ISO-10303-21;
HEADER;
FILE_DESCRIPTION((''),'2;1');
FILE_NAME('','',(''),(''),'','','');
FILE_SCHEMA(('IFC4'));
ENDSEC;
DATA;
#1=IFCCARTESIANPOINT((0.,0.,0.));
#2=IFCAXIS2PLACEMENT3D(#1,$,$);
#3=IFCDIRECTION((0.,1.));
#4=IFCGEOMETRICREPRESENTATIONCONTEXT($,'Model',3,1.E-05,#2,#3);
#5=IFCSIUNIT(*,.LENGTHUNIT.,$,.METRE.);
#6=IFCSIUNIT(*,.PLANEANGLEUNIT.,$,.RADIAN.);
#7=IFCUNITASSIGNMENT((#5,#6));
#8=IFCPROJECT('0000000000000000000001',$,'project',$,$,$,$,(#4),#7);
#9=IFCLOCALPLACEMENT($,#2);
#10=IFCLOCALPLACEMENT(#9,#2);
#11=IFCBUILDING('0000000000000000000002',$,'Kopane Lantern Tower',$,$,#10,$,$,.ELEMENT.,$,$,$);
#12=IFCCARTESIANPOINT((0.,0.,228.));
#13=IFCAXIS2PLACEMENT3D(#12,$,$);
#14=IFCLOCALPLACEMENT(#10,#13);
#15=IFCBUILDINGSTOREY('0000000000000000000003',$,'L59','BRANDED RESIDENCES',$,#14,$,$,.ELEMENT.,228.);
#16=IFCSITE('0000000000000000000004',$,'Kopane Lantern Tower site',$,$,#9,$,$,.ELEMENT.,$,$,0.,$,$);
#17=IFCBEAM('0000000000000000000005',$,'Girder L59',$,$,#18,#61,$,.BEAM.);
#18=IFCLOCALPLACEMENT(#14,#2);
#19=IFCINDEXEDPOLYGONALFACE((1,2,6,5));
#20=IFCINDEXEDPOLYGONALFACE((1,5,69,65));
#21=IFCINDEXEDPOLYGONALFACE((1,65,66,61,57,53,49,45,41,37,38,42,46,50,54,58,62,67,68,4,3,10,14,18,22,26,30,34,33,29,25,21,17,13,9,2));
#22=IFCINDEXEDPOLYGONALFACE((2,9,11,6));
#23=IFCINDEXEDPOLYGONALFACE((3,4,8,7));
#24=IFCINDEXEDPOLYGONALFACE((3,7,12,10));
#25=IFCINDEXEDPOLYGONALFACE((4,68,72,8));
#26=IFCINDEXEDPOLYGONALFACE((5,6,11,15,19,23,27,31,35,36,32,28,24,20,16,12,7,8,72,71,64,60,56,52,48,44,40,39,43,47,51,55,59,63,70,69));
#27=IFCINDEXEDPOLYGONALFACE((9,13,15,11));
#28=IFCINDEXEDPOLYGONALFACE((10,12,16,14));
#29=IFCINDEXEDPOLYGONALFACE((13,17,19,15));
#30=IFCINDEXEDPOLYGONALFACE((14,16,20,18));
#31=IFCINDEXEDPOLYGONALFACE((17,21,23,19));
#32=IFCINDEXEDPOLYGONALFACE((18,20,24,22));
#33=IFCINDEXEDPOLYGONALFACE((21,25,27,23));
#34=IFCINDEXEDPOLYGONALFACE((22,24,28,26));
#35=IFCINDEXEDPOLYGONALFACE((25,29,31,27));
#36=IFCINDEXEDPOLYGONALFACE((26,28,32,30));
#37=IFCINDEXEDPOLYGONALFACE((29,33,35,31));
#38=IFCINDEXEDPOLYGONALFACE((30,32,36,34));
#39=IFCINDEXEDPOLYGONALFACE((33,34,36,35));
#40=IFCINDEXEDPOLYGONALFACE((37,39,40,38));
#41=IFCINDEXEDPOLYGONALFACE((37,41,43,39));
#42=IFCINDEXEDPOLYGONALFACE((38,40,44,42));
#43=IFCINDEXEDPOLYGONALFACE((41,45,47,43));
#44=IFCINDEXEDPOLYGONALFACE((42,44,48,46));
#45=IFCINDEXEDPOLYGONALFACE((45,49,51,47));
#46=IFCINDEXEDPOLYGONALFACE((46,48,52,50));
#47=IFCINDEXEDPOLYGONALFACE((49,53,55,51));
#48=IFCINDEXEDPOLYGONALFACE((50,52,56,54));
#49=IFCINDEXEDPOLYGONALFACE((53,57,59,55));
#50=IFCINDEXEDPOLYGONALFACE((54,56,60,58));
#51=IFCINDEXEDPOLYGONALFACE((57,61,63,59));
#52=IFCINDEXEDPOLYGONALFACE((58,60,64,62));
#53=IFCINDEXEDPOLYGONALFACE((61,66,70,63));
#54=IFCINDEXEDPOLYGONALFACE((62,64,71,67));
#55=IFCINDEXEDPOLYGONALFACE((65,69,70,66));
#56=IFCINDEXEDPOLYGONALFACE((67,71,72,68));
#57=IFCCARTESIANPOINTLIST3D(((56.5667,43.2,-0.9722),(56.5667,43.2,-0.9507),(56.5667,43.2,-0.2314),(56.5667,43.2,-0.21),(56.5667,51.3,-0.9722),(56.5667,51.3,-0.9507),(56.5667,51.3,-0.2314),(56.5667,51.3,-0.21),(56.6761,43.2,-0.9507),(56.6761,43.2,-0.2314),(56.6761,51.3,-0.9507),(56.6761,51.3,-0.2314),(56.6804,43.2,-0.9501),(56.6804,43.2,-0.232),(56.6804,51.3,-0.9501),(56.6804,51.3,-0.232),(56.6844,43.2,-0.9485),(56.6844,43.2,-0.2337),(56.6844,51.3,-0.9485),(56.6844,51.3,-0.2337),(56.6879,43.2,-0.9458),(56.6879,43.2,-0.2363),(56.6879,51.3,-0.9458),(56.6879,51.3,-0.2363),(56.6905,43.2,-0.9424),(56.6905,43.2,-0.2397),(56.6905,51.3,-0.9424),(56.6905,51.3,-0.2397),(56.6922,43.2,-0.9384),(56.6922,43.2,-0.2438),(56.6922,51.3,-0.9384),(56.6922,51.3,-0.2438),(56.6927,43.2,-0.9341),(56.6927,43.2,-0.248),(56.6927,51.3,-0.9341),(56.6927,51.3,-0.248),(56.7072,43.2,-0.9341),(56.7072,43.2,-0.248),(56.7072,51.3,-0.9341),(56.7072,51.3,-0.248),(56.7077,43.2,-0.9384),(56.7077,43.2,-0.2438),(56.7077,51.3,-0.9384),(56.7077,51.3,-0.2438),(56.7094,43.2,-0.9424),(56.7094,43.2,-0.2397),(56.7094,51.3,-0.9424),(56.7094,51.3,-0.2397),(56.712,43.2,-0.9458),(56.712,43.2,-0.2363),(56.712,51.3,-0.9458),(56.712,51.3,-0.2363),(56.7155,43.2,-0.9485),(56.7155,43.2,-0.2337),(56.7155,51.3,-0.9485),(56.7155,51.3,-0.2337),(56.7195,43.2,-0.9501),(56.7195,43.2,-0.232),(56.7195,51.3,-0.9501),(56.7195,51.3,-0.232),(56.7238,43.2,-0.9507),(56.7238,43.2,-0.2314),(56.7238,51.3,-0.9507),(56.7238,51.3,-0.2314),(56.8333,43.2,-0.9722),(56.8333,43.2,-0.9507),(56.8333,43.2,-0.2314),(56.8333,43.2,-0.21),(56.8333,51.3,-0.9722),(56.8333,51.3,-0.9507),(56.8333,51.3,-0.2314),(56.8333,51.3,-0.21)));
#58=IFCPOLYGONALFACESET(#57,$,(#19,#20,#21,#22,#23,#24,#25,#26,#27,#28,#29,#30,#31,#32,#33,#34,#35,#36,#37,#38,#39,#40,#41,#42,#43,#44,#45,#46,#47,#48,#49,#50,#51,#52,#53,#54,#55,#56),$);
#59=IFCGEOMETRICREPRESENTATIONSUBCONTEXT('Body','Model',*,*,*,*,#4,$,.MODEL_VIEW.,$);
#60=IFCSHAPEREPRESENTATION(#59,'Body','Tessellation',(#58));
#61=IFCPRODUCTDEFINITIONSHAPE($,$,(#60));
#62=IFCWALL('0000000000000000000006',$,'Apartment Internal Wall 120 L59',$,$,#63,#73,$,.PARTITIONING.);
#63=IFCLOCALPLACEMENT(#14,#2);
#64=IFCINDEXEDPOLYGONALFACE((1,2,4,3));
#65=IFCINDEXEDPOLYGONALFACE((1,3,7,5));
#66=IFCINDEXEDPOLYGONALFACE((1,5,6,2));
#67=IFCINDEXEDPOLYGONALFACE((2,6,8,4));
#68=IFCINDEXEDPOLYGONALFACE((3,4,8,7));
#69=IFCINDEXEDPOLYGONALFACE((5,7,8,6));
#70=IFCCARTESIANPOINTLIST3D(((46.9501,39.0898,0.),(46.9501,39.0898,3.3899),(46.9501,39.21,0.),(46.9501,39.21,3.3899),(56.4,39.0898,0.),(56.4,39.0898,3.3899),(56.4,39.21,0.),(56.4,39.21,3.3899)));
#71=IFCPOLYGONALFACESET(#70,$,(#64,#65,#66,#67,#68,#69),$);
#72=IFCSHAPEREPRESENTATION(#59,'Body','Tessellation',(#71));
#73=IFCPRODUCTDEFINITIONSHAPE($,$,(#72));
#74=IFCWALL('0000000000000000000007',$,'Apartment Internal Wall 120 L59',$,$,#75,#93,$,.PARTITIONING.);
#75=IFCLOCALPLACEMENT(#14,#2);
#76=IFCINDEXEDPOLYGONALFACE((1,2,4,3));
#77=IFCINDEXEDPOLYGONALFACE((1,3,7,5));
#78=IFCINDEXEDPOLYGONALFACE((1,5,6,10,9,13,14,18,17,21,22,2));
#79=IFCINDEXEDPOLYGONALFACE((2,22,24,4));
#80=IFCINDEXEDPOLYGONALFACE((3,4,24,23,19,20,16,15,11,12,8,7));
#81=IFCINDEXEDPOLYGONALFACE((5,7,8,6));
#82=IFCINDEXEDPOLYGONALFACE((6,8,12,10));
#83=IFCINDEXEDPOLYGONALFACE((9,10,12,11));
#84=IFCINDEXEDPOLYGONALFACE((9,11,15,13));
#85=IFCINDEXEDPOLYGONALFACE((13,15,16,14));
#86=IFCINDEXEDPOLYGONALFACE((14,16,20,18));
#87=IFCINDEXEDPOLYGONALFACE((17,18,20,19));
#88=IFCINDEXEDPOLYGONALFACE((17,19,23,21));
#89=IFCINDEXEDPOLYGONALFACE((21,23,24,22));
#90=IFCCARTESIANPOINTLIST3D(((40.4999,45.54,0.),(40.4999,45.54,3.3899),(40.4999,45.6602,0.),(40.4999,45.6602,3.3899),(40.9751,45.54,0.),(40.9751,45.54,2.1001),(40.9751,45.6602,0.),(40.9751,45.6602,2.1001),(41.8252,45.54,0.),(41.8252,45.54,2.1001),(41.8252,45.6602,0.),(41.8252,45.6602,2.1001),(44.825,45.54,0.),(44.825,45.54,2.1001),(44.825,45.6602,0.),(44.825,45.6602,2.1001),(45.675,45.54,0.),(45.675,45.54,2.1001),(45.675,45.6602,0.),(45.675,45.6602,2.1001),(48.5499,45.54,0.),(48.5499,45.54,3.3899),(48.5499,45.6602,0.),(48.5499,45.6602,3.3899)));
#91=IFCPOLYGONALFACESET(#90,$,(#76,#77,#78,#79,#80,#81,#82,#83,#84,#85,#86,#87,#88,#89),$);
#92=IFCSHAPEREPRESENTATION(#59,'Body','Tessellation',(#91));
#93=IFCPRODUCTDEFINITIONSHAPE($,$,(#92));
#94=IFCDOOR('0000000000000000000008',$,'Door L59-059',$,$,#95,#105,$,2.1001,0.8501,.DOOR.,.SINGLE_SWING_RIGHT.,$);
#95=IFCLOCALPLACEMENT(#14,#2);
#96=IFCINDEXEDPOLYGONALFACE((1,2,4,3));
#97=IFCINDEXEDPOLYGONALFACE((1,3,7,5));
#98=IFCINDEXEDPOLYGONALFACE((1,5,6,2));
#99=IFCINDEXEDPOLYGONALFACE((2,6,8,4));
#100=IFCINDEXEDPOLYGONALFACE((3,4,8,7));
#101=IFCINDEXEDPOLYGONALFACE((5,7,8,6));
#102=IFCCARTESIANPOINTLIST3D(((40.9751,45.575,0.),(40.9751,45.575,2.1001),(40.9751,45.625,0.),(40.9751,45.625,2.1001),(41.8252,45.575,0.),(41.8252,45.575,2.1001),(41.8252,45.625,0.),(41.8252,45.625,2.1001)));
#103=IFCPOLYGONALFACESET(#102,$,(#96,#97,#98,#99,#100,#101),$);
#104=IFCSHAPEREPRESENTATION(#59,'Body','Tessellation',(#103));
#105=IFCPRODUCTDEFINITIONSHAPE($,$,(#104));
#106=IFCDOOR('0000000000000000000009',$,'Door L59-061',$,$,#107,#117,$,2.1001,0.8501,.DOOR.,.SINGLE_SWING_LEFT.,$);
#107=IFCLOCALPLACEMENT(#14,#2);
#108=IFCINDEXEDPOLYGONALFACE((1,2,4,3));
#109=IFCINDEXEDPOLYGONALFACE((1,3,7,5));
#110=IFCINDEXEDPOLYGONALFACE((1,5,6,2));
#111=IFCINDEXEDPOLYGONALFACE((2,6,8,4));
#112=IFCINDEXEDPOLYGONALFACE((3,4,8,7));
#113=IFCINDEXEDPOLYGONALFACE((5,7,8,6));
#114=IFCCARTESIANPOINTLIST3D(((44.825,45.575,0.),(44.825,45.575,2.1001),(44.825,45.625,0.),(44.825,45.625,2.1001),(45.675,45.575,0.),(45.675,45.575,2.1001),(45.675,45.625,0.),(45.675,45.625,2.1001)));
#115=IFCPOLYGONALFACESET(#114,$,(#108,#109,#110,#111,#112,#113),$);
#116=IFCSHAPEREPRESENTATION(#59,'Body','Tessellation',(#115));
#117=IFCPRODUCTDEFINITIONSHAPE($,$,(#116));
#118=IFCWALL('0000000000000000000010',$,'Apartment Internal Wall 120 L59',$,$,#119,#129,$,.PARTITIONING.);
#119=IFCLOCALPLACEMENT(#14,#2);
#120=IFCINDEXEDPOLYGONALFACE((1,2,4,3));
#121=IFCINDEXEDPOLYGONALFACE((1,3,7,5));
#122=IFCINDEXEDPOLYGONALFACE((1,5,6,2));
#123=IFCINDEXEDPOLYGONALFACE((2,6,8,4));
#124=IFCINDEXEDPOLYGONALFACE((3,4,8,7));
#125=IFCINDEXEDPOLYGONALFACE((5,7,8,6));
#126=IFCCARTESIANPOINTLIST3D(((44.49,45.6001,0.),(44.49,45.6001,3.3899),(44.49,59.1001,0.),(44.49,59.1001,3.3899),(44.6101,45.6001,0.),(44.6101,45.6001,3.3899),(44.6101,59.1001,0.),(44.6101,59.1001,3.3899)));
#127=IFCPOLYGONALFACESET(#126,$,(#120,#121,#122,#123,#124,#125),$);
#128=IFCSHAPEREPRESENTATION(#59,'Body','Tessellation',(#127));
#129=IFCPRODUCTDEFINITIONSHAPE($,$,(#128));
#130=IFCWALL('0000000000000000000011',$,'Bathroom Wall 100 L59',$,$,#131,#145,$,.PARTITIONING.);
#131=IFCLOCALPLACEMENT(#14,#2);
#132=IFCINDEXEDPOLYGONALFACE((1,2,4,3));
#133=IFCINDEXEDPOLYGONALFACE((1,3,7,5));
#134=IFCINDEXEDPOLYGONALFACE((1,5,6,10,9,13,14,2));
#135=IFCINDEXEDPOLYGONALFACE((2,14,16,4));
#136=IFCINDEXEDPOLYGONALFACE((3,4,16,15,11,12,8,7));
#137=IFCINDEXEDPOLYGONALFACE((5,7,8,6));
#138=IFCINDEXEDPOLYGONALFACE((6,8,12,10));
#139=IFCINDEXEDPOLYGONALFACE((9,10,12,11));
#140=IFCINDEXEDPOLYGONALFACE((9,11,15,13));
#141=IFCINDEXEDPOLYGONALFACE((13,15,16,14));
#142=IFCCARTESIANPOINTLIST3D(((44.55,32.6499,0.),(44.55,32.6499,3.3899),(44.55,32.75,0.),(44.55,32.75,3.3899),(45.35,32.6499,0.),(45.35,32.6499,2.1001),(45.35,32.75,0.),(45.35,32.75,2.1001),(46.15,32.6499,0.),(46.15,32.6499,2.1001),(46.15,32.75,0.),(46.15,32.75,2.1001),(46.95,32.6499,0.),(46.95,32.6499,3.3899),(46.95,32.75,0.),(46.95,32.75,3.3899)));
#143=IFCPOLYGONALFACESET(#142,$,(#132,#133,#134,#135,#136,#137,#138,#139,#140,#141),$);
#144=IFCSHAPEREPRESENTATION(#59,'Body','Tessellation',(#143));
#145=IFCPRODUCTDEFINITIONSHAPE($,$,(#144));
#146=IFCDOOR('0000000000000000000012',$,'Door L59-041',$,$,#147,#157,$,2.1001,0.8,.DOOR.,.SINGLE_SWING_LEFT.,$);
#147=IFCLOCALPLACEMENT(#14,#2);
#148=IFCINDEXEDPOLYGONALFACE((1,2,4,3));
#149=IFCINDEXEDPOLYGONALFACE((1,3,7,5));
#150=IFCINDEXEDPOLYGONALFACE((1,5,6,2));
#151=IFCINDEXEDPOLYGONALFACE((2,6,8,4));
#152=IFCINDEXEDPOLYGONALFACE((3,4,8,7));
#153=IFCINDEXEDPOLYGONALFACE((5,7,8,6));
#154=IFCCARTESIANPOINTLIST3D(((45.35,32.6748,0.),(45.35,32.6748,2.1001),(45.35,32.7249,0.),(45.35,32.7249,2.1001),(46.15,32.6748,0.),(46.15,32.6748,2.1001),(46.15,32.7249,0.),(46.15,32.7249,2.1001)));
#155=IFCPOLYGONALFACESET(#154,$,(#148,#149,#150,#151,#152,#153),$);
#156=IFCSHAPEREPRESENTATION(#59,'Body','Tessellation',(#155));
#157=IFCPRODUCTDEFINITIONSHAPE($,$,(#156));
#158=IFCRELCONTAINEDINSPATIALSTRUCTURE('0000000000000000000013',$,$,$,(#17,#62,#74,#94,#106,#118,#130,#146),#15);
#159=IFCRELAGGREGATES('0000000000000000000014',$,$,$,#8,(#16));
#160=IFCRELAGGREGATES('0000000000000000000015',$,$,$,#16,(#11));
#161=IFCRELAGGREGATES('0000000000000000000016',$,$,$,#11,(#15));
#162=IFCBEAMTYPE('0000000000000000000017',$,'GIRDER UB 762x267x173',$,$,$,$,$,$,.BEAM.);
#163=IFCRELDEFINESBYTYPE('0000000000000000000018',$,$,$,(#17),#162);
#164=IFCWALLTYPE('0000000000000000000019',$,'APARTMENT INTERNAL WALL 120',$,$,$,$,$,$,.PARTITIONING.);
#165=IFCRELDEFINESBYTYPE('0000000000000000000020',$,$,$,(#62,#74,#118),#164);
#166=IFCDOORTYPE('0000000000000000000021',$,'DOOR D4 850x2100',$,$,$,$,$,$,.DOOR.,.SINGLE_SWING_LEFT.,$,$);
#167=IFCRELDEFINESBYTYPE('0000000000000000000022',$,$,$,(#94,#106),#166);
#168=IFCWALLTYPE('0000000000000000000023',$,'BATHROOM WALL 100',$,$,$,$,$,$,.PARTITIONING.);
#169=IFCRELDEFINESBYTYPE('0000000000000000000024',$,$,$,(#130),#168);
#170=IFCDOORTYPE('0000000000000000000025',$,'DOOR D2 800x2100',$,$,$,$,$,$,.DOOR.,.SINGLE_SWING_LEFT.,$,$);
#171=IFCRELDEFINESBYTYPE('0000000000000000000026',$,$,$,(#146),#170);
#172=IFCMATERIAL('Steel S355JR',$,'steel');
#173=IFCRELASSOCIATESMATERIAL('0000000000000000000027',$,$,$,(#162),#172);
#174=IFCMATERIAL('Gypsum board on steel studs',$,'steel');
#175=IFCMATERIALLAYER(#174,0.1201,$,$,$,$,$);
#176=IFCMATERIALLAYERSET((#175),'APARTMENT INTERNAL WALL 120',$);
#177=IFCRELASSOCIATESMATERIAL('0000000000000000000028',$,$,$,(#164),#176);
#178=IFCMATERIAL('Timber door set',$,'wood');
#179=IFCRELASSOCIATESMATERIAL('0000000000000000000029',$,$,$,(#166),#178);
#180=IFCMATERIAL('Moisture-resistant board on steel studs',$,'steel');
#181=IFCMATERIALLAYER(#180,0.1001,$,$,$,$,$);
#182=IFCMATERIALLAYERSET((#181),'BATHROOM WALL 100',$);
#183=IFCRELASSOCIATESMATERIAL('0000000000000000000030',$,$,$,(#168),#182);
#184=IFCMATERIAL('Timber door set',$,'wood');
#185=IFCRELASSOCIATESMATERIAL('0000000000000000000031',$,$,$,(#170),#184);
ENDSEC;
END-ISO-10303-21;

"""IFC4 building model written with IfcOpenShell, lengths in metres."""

from ifc_helpers import new_model, si_unit, direction, frame, frame_2d, origin, origin_2d, place, context, subcontext, project, spatial, rectangle, i_section, extrude, material, layer, layer_set, material_profile, profile_set, type_object, element, fill, save


model = new_model("IFC4")

# Units and contexts
model_context = context("Model", 3, precision=1e-05, world=origin(), true_north=direction((0.0, 1.0)))
body_context = subcontext(model_context, "Body", "Model", "MODEL_VIEW")
ifc_project = project(units=[si_unit("LENGTHUNIT", "METRE"), si_unit("PLANEANGLEUNIT", "RADIAN")], contexts=[model_context])

# Site, building, storey
site_placement = place(None, origin())
site = spatial("IfcSite", under=ifc_project, at=site_placement, Name="Kopane Lantern Tower site", CompositionType="ELEMENT", RefElevation=0.0)
building_placement = place(site_placement, origin())
building = spatial("IfcBuilding", under=site, at=building_placement, Name="Kopane Lantern Tower", CompositionType="ELEMENT")
storey_placement = place(building_placement, frame((0.0, 0.0, 228.0)))
storey = spatial("IfcBuildingStorey", under=building, at=storey_placement, Name="L59", Description="BRANDED RESIDENCES", CompositionType="ELEMENT", Elevation=228.0)

# Beam
ifc_material_1 = material(Name="Steel S355JR", Category="steel")
ifc_material_profile_1 = material_profile(ifc_material_1, i_section(OverallWidth=0.2666, OverallDepth=0.7622, WebThickness=0.0144, FlangeThickness=0.0215, FilletRadius=0.0166, at=origin_2d()), Name="UB 762x267x173")
ifc_profile_set_1 = profile_set([ifc_material_profile_1], Name="Steel S355JR")
beam_type = type_object("IfcBeamType", Name="GIRDER UB 762x267x173", PredefinedType="BEAM", material=ifc_profile_set_1)
beam_1_placement = place(storey_placement, frame((56.7, 43.2, -0.5911), z_axis=(0.0, 1.0, 0.0), x_axis=(-1.0, 0.0, 0.0)))
element("IfcBeam", 1, at=beam_1_placement, inside=storey, type_object=beam_type, Name="Girder L59", PredefinedType="BEAM", context=body_context, shape_type="SweptSolid", body=[
    extrude(i_section(OverallWidth=0.2666, OverallDepth=0.7622, WebThickness=0.0144, FlangeThickness=0.0215, FilletRadius=0.0166, at=origin_2d()), origin(), (0.0, 0.0, 1.0), 8.1001),
])

# Wall
ifc_material_2 = material(Name="Gypsum board on steel studs", Category="steel")
ifc_layer_1 = layer(ifc_material_2, 0.1201)
ifc_layer_set_1 = layer_set([ifc_layer_1], Name="APARTMENT INTERNAL WALL 120")
wall_type_1 = type_object("IfcWallType", Name="APARTMENT INTERNAL WALL 120", PredefinedType="PARTITIONING", material=ifc_layer_set_1)
wall_1_placement = place(storey_placement, frame((46.95, 39.1499, 0.0), z_axis=(0.0, 0.0, 1.0), x_axis=(1.0, 0.0, 0.0)))
element("IfcWall", 2, at=wall_1_placement, inside=storey, type_object=wall_type_1, Name="Apartment Internal Wall 120 L59", PredefinedType="PARTITIONING", context=body_context, shape_type="SweptSolid", body=[
    extrude(rectangle(XDim=9.45, YDim=0.1201, at=frame_2d((4.7251, 0.0))), origin(), (0.0, 0.0, 1.0), 3.3899),
])

# Wall, openings, doors
wall_2_placement = place(storey_placement, frame((40.5, 45.6001, 0.0), z_axis=(0.0, 0.0, 1.0), x_axis=(1.0, 0.0, 0.0)))
wall_2 = element("IfcWall", 3, at=wall_2_placement, inside=storey, type_object=wall_type_1, Name="Apartment Internal Wall 120 L59", PredefinedType="PARTITIONING", context=body_context, shape_type="SweptSolid", body=[
    extrude(rectangle(XDim=8.05, YDim=0.1201, at=frame_2d((4.0249, 0.0))), origin(), (0.0, 0.0, 1.0), 3.3899),
])
opening_1_placement = place(wall_2_placement, frame((0.4751, 0.0, 0.0)))
opening_1 = element("IfcOpeningElement", 4, at=opening_1_placement, cuts=wall_2, PredefinedType="OPENING", context=body_context, shape_type="SweptSolid", body=[
    extrude(rectangle(XDim=0.8501, YDim=2.1001, at=frame_2d((0.425, 1.05))), frame((0.0, 0.0701, 0.0), z_axis=(0.0, -1.0, 0.0), x_axis=(1.0, 0.0, 0.0)), (0.0, 0.0, 1.0), 0.1401),
])
opening_2_placement = place(wall_2_placement, frame((4.325, 0.0, 0.0)))
opening_2 = element("IfcOpeningElement", 5, at=opening_2_placement, cuts=wall_2, PredefinedType="OPENING", context=body_context, shape_type="SweptSolid", body=[
    extrude(rectangle(XDim=0.8501, YDim=2.1001, at=frame_2d((0.425, 1.05))), frame((0.0, 0.0701, 0.0), z_axis=(0.0, -1.0, 0.0), x_axis=(1.0, 0.0, 0.0)), (0.0, 0.0, 1.0), 0.1401),
])
ifc_material_3 = material(Name="Timber door set", Category="wood")
door_type_1 = type_object("IfcDoorType", Name="DOOR D4 850x2100", OperationType="SINGLE_SWING_LEFT", PredefinedType="DOOR", material=ifc_material_3)
door_1_placement = place(opening_1_placement, origin())
door_1 = element("IfcDoor", 6, at=door_1_placement, inside=storey, type_object=door_type_1, Name="Door L59-059", OperationType="SINGLE_SWING_RIGHT", OverallHeight=2.1001, OverallWidth=0.8501, PredefinedType="DOOR", context=body_context, shape_type="SweptSolid", body=[
    extrude(rectangle(XDim=0.8501, YDim=2.1001, at=frame_2d((0.425, 1.05))), frame((0.0, 0.0249, 0.0), z_axis=(0.0, -1.0, 0.0), x_axis=(1.0, 0.0, 0.0)), (0.0, 0.0, 1.0), 0.05),
])
fill(opening_1, door_1)
door_2_placement = place(opening_2_placement, origin())
door_2 = element("IfcDoor", 7, at=door_2_placement, inside=storey, type_object=door_type_1, Name="Door L59-061", OperationType="SINGLE_SWING_LEFT", OverallHeight=2.1001, OverallWidth=0.8501, PredefinedType="DOOR", context=body_context, shape_type="SweptSolid", body=[
    extrude(rectangle(XDim=0.8501, YDim=2.1001, at=frame_2d((0.425, 1.05))), frame((0.0, 0.0249, 0.0), z_axis=(0.0, -1.0, 0.0), x_axis=(1.0, 0.0, 0.0)), (0.0, 0.0, 1.0), 0.05),
])
fill(opening_2, door_2)

# Wall
wall_3_placement = place(storey_placement, frame((44.55, 45.6001, 0.0), z_axis=(0.0, 0.0, 1.0), x_axis=(0.0, 1.0, 0.0)))
element("IfcWall", 8, at=wall_3_placement, inside=storey, type_object=wall_type_1, Name="Apartment Internal Wall 120 L59", PredefinedType="PARTITIONING", context=body_context, shape_type="SweptSolid", body=[
    extrude(rectangle(XDim=13.5, YDim=0.1201, at=frame_2d((6.75, 0.0))), origin(), (0.0, 0.0, 1.0), 3.3899),
])

# Wall, opening, door
ifc_material_4 = material(Name="Moisture-resistant board on steel studs", Category="steel")
ifc_layer_2 = layer(ifc_material_4, 0.1001)
ifc_layer_set_2 = layer_set([ifc_layer_2], Name="BATHROOM WALL 100")
wall_type_2 = type_object("IfcWallType", Name="BATHROOM WALL 100", PredefinedType="PARTITIONING", material=ifc_layer_set_2)
wall_4_placement = place(storey_placement, frame((44.55, 32.7, 0.0), z_axis=(0.0, 0.0, 1.0), x_axis=(1.0, 0.0, 0.0)))
wall_4 = element("IfcWall", 9, at=wall_4_placement, inside=storey, type_object=wall_type_2, Name="Bathroom Wall 100 L59", PredefinedType="PARTITIONING", context=body_context, shape_type="SweptSolid", body=[
    extrude(rectangle(XDim=2.3999, YDim=0.1001, at=frame_2d((1.2, 0.0))), origin(), (0.0, 0.0, 1.0), 3.3899),
])
opening_3_placement = place(wall_4_placement, frame((0.8, 0.0, 0.0)))
opening_3 = element("IfcOpeningElement", 10, at=opening_3_placement, cuts=wall_4, PredefinedType="OPENING", context=body_context, shape_type="SweptSolid", body=[
    extrude(rectangle(XDim=0.8, YDim=2.1001, at=frame_2d((0.3999, 1.05))), frame((0.0, 0.0601, 0.0), z_axis=(0.0, -1.0, 0.0), x_axis=(1.0, 0.0, 0.0)), (0.0, 0.0, 1.0), 0.1201),
])
ifc_material_5 = material(Name="Timber door set", Category="wood")
door_type_2 = type_object("IfcDoorType", Name="DOOR D2 800x2100", OperationType="SINGLE_SWING_LEFT", PredefinedType="DOOR", material=ifc_material_5)
door_3_placement = place(opening_3_placement, origin())
door_3 = element("IfcDoor", 11, at=door_3_placement, inside=storey, type_object=door_type_2, Name="Door L59-041", OperationType="SINGLE_SWING_LEFT", OverallHeight=2.1001, OverallWidth=0.8, PredefinedType="DOOR", context=body_context, shape_type="SweptSolid", body=[
    extrude(rectangle(XDim=0.8, YDim=2.1001, at=frame_2d((0.3999, 1.05))), frame((0.0, 0.0249, 0.0), z_axis=(0.0, -1.0, 0.0), x_axis=(1.0, 0.0, 0.0)), (0.0, 0.0, 1.0), 0.05),
])
fill(opening_3, door_3)

save(model, "model.ifc")
